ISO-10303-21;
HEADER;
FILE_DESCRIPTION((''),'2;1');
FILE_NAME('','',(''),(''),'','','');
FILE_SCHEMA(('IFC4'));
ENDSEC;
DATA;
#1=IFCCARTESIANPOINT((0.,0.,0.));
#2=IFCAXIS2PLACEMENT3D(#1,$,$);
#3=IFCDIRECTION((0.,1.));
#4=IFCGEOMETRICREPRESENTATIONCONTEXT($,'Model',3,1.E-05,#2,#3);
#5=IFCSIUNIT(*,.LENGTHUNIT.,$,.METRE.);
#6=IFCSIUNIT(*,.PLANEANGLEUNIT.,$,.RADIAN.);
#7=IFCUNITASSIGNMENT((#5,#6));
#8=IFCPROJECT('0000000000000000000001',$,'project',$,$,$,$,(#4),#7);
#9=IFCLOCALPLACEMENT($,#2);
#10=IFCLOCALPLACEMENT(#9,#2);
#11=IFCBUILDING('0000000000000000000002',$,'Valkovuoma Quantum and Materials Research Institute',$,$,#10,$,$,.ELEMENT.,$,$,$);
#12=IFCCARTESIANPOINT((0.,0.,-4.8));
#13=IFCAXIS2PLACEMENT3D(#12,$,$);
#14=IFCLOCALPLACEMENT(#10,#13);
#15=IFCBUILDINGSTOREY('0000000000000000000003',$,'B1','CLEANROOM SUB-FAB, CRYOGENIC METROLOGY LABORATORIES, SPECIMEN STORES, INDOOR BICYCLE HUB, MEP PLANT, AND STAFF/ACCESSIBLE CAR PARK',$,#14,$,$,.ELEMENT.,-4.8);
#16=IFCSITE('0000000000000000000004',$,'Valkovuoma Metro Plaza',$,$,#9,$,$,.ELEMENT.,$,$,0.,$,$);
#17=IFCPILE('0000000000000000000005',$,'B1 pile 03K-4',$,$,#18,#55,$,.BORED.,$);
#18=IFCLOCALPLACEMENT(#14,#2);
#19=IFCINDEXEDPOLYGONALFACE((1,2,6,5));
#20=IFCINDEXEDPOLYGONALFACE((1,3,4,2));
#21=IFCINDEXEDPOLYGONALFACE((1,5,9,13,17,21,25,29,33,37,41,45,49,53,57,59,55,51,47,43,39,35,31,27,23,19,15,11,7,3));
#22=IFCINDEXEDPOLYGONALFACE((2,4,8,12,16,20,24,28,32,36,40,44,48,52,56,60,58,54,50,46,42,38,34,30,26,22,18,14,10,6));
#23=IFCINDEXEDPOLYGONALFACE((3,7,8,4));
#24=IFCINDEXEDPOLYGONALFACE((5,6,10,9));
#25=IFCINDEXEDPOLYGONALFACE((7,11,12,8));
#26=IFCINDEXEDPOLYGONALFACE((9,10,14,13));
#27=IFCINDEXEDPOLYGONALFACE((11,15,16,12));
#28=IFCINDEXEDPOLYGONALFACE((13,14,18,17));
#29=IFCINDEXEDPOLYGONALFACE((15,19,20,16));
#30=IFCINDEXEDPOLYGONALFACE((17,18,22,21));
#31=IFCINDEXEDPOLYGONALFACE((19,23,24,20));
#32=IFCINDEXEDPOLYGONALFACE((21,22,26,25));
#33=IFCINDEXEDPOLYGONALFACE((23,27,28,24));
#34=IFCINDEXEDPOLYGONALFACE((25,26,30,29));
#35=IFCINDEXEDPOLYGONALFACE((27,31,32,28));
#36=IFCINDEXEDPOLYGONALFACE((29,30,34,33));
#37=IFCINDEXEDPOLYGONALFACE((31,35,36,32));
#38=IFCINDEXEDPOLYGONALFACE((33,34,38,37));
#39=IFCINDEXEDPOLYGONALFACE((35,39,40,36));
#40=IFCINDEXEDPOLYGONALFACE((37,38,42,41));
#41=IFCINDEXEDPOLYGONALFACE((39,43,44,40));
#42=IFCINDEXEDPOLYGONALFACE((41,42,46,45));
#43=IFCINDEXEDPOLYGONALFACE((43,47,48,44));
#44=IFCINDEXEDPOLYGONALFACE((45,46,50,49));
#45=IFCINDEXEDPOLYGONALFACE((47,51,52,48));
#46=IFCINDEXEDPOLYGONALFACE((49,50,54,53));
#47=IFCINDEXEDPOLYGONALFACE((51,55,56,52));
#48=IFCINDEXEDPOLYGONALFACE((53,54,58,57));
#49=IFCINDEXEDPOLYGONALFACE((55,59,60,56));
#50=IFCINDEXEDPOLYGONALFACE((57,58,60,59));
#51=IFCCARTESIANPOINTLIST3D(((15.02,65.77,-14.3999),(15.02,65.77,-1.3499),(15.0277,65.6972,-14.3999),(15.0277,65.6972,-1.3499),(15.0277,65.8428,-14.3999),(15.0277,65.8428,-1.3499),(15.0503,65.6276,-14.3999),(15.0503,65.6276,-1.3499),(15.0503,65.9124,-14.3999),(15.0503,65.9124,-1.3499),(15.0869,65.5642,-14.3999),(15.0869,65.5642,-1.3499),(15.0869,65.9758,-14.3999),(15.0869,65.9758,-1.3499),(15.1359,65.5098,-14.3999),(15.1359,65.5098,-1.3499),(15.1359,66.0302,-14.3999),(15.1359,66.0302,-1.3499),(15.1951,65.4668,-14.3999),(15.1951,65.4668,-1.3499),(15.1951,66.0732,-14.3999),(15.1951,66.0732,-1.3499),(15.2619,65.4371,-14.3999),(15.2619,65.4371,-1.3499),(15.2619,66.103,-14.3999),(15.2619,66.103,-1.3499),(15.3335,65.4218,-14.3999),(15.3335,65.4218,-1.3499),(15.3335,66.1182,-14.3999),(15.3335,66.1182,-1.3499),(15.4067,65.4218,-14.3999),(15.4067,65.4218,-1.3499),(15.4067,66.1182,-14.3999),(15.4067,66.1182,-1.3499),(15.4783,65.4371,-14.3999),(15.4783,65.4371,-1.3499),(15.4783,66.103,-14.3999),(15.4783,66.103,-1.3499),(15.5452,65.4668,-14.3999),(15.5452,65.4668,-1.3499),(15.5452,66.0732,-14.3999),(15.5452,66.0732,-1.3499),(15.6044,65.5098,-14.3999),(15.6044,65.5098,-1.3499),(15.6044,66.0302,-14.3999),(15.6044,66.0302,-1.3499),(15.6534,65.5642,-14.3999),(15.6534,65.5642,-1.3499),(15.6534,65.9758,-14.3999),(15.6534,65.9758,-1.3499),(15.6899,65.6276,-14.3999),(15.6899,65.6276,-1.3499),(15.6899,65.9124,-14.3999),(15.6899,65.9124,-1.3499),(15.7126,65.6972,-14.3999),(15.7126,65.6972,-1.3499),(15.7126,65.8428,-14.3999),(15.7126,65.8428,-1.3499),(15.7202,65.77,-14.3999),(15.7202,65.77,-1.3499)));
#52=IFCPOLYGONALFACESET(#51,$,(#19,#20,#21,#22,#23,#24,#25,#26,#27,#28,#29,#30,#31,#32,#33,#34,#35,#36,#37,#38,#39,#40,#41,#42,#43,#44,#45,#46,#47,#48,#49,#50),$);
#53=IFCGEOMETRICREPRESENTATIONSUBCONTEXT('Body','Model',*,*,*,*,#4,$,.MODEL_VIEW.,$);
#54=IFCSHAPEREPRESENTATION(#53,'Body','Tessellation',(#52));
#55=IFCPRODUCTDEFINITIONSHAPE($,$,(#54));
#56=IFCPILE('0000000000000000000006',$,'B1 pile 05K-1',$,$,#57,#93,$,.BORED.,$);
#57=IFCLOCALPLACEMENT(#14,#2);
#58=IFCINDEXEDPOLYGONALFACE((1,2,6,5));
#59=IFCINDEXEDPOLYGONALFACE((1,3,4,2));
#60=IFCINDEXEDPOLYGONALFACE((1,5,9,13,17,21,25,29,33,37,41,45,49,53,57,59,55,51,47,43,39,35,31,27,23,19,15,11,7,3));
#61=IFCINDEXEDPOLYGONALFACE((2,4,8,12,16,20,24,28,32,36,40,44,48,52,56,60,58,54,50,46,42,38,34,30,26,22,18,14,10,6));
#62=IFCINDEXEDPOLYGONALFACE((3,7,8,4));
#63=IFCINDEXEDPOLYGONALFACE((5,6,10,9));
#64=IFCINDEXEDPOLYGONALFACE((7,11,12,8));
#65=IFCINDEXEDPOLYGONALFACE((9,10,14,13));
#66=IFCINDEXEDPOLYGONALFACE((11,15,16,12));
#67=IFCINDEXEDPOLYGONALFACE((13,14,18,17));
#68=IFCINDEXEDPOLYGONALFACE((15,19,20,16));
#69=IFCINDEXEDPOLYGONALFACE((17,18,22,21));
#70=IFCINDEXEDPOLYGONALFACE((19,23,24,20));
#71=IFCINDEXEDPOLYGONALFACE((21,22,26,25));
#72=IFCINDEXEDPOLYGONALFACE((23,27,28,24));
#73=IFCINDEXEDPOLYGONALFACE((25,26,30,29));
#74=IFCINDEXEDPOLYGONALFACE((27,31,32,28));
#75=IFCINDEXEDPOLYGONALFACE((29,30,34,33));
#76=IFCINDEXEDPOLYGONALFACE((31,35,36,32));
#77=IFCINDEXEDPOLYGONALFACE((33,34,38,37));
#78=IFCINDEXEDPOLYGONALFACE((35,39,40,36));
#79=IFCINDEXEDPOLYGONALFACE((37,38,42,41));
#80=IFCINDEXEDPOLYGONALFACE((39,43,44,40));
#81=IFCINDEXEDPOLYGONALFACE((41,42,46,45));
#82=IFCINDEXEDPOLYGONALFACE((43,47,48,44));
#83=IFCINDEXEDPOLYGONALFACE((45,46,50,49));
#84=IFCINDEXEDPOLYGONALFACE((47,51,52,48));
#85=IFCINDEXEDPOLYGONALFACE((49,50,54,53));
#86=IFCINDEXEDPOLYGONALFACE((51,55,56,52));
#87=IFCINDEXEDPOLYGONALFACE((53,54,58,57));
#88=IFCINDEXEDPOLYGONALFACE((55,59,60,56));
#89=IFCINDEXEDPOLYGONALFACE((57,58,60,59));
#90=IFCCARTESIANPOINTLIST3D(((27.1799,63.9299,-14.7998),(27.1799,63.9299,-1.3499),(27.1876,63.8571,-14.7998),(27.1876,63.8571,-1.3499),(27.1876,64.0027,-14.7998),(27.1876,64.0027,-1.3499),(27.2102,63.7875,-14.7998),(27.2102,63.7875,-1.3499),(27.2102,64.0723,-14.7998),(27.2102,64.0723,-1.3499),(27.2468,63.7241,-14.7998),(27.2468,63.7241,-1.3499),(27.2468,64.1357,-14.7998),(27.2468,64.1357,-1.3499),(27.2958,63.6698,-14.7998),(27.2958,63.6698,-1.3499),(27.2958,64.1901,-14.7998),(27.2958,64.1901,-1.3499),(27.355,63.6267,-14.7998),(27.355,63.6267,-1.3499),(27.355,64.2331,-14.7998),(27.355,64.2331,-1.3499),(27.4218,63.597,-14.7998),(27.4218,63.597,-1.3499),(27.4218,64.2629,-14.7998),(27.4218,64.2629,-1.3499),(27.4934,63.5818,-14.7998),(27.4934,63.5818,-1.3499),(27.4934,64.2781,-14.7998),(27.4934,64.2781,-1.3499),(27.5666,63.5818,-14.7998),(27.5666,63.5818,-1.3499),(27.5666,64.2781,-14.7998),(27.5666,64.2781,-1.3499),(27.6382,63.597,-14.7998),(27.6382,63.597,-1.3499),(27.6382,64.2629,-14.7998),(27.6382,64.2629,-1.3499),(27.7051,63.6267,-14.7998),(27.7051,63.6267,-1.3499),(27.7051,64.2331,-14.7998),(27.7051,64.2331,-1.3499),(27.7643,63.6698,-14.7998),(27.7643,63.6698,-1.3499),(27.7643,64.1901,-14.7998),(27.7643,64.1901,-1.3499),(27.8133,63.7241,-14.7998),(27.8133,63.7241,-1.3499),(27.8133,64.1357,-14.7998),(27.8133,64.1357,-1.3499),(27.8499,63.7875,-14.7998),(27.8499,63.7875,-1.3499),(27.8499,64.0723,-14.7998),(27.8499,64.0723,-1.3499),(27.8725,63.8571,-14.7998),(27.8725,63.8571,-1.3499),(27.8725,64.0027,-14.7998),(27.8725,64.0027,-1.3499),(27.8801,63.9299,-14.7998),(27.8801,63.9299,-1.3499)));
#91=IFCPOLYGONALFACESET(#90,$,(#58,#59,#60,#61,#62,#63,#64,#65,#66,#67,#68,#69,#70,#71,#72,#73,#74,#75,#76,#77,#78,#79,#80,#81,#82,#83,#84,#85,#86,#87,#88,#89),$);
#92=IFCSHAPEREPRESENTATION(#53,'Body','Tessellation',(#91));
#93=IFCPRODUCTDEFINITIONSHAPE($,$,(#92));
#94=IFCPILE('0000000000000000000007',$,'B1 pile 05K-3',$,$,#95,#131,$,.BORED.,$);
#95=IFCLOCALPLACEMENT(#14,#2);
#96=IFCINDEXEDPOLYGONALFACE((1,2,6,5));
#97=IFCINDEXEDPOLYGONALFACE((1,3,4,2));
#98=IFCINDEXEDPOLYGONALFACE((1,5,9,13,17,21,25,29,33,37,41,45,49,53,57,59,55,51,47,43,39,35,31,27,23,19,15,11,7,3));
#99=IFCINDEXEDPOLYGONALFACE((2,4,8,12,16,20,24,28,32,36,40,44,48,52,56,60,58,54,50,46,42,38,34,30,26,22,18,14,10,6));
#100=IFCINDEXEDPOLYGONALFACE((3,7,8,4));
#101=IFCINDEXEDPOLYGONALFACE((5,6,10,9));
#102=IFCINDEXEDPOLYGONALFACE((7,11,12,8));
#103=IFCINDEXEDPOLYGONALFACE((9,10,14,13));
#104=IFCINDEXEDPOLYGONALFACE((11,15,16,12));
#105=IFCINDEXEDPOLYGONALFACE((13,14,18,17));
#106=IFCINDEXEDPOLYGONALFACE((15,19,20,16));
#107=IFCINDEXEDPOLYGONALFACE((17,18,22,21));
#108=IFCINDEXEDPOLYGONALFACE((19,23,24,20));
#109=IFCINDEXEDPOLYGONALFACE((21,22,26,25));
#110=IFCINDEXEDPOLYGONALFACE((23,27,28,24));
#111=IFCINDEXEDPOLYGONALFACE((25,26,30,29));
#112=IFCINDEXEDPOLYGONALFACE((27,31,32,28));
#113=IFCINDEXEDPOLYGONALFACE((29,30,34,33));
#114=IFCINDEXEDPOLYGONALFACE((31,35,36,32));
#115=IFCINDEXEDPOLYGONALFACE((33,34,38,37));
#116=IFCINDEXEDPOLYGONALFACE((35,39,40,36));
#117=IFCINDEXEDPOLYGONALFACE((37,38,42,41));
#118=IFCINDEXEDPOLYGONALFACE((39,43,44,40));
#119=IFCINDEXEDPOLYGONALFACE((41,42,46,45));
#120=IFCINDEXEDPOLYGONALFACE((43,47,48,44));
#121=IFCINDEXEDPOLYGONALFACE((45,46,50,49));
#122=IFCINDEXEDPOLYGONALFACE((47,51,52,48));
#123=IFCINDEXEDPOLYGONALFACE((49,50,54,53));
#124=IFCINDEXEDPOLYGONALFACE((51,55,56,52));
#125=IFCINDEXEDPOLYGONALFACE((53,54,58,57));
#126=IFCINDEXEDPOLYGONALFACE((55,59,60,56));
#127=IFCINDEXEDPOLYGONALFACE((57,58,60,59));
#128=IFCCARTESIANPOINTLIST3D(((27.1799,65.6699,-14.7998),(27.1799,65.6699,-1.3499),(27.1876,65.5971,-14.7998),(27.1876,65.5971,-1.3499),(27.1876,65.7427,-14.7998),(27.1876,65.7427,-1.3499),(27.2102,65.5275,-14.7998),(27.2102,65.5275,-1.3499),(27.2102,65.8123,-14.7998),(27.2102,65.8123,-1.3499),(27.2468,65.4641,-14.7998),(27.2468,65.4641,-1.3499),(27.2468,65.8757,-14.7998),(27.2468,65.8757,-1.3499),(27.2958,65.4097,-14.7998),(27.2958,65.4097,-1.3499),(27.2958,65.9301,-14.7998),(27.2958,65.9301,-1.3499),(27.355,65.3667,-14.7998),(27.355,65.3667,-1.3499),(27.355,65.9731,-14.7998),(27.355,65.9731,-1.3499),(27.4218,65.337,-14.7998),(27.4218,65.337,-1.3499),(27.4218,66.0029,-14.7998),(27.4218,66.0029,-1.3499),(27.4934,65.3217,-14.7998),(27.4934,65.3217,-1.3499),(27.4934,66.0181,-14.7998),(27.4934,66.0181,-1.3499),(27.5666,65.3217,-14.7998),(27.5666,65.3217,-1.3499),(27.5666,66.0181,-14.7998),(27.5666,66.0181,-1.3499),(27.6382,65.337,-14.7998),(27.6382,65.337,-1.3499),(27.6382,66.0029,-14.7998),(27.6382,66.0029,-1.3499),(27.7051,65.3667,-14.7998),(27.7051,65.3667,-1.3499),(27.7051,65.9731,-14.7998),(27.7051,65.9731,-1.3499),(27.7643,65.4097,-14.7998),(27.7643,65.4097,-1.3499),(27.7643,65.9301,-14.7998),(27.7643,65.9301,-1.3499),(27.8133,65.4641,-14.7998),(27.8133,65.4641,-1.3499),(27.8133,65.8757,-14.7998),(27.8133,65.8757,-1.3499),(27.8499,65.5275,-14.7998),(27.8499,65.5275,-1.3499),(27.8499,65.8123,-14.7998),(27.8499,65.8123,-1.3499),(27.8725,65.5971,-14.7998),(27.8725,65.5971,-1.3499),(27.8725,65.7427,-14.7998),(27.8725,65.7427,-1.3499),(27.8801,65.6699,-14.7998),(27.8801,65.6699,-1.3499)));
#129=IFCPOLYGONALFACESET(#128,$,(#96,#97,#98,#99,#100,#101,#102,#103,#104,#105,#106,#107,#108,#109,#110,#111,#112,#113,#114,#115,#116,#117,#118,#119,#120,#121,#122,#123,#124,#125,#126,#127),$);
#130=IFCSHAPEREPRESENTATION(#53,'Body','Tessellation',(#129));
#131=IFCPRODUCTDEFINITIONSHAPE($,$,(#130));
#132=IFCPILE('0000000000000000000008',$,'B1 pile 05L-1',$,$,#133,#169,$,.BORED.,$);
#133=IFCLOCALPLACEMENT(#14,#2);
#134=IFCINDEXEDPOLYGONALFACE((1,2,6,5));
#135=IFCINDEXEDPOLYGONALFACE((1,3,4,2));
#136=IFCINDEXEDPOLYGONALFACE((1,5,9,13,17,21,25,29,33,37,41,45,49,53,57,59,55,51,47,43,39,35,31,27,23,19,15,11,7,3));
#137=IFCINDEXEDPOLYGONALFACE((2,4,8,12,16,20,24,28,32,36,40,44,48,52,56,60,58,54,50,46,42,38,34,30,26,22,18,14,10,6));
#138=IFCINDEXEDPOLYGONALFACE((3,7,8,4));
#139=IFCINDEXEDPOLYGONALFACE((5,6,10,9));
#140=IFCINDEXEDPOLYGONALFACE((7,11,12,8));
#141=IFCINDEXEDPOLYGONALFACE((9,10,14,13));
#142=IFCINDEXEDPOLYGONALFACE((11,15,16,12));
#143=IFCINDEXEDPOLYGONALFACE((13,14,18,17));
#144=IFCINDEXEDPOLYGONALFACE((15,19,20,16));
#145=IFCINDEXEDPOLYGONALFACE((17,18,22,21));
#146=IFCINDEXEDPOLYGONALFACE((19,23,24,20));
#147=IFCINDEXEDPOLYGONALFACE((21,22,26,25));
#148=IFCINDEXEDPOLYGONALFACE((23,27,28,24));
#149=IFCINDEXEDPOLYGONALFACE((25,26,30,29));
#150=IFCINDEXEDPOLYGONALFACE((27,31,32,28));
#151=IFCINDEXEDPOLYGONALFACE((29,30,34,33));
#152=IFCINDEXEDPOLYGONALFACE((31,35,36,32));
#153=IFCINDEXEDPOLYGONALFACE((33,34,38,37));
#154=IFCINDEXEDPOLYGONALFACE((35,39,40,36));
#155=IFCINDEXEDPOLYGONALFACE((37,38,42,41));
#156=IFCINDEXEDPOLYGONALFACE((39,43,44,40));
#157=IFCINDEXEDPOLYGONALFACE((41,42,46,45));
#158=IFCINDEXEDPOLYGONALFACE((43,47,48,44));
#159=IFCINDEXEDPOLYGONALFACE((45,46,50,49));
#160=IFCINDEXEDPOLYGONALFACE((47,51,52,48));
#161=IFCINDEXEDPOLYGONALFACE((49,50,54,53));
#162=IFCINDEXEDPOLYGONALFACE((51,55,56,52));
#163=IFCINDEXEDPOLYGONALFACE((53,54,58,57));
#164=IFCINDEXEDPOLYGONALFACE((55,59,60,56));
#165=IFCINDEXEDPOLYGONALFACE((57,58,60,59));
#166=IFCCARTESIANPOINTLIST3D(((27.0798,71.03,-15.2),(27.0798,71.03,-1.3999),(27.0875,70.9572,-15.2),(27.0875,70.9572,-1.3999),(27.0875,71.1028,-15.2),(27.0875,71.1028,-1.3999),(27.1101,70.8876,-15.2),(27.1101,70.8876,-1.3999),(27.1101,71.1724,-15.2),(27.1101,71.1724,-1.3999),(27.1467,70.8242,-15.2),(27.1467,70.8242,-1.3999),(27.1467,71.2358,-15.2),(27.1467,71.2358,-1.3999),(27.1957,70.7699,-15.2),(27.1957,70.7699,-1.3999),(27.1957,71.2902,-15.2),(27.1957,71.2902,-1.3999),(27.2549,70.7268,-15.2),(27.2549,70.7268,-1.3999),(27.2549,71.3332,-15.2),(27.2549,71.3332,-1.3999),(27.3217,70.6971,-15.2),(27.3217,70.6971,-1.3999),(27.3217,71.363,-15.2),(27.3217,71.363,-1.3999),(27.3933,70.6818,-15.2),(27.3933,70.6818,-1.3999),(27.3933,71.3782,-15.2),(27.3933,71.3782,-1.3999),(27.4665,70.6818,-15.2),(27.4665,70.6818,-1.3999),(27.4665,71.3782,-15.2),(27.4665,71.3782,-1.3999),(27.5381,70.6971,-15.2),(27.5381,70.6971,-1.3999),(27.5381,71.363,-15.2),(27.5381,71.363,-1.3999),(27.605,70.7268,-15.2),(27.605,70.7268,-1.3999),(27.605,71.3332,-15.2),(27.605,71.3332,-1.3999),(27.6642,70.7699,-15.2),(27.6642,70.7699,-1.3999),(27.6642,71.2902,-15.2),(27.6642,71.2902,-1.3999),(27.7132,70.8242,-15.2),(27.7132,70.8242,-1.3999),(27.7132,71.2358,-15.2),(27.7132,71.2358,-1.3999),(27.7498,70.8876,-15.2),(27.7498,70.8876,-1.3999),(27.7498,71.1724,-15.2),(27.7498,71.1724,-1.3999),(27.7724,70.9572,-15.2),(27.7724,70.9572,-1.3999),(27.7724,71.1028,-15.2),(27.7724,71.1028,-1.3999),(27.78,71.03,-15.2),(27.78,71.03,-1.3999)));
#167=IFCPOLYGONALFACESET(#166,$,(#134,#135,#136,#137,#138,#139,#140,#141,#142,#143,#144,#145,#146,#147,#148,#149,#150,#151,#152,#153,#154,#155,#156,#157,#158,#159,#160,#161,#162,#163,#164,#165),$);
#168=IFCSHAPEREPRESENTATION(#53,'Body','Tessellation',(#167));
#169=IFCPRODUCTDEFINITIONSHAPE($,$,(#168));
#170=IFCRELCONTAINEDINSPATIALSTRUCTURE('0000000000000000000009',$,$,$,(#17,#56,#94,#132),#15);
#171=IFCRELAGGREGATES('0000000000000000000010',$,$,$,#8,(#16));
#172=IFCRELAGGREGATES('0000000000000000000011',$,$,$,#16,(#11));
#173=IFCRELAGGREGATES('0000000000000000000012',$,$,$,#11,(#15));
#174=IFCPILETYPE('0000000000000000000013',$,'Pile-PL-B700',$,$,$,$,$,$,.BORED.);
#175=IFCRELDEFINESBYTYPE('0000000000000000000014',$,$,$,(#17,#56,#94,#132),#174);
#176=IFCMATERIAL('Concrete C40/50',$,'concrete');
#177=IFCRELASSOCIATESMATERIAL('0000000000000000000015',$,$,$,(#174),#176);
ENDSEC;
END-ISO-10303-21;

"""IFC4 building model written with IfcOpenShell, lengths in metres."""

from ifc_helpers import new_model, si_unit, direction, frame, origin, origin_2d, place, context, subcontext, project, spatial, circle, extrude, material, material_profile, profile_set, type_object, element, save


model = new_model("IFC4")

# Units and contexts
model_context = context("Model", 3, precision=1e-05, world=origin(), true_north=direction((0.0, 1.0)))
body_context = subcontext(model_context, "Body", "Model", "MODEL_VIEW")
ifc_project = project(units=[si_unit("LENGTHUNIT", "METRE"), si_unit("PLANEANGLEUNIT", "RADIAN")], contexts=[model_context])

# Site, building, storey
site_placement = place(None, origin())
site = spatial("IfcSite", under=ifc_project, at=site_placement, Name="Valkovuoma Metro Plaza", CompositionType="ELEMENT", RefElevation=0.0)
building_placement = place(site_placement, origin())
building = spatial("IfcBuilding", under=site, at=building_placement, Name="Valkovuoma Quantum and Materials Research Institute", CompositionType="ELEMENT")
storey_placement = place(building_placement, frame((0.0, 0.0, -4.8)))
storey = spatial("IfcBuildingStorey", under=building, at=storey_placement, Name="B1", Description="CLEANROOM SUB-FAB, CRYOGENIC METROLOGY LABORATORIES, SPECIMEN STORES, INDOOR BICYCLE HUB, MEP PLANT, AND STAFF/ACCESSIBLE CAR PARK", CompositionType="ELEMENT", Elevation=-4.8)

# Piles
ifc_material_1 = material(Name="Concrete C40/50", Category="concrete")
ifc_material_profile_1 = material_profile(ifc_material_1, circle(Radius=0.3501, at=origin_2d()), Name="Concrete C40/50")
ifc_profile_set_1 = profile_set([ifc_material_profile_1], Name="Concrete C40/50")
pile_type_1 = type_object("IfcPileType", Name="Pile-PL-B700", PredefinedType="BORED", material=ifc_profile_set_1)
for number, where, z_axis, x_axis, name in (
    (1, (15.3701, 65.77, -1.3499), (0.0, 0.0, -1.0), (1.0, 0.0, 0.0), "B1 pile 03K-4"),
):
    element("IfcPile", number, at=place(storey_placement, frame(where, z_axis=z_axis, x_axis=x_axis)), inside=storey, type_object=pile_type_1, Name=name, PredefinedType="BORED", context=body_context, shape_type="SweptSolid", body=[
        extrude(circle(Radius=0.3501, at=origin_2d()), origin(), (0.0, 0.0, 1.0), 13.05),
    ])
for number, where, z_axis, x_axis, name in (
    (2, (27.53, 63.9299, -1.3499), (0.0, 0.0, -1.0), (1.0, 0.0, 0.0), "B1 pile 05K-1"),
    (3, (27.53, 65.6699, -1.3499), (0.0, 0.0, -1.0), (1.0, 0.0, 0.0), "B1 pile 05K-3"),
):
    element("IfcPile", number, at=place(storey_placement, frame(where, z_axis=z_axis, x_axis=x_axis)), inside=storey, type_object=pile_type_1, Name=name, PredefinedType="BORED", context=body_context, shape_type="SweptSolid", body=[
        extrude(circle(Radius=0.3501, at=origin_2d()), origin(), (0.0, 0.0, 1.0), 13.45),
    ])
pile_placement = place(storey_placement, frame((27.4299, 71.03, -1.3999), z_axis=(0.0, 0.0, -1.0), x_axis=(1.0, 0.0, 0.0)))
element("IfcPile", 4, at=pile_placement, inside=storey, type_object=pile_type_1, Name="B1 pile 05L-1", PredefinedType="BORED", context=body_context, shape_type="SweptSolid", body=[
    extrude(circle(Radius=0.3501, at=origin_2d()), origin(), (0.0, 0.0, 1.0), 13.8),
])

save(model, "model.ifc")
